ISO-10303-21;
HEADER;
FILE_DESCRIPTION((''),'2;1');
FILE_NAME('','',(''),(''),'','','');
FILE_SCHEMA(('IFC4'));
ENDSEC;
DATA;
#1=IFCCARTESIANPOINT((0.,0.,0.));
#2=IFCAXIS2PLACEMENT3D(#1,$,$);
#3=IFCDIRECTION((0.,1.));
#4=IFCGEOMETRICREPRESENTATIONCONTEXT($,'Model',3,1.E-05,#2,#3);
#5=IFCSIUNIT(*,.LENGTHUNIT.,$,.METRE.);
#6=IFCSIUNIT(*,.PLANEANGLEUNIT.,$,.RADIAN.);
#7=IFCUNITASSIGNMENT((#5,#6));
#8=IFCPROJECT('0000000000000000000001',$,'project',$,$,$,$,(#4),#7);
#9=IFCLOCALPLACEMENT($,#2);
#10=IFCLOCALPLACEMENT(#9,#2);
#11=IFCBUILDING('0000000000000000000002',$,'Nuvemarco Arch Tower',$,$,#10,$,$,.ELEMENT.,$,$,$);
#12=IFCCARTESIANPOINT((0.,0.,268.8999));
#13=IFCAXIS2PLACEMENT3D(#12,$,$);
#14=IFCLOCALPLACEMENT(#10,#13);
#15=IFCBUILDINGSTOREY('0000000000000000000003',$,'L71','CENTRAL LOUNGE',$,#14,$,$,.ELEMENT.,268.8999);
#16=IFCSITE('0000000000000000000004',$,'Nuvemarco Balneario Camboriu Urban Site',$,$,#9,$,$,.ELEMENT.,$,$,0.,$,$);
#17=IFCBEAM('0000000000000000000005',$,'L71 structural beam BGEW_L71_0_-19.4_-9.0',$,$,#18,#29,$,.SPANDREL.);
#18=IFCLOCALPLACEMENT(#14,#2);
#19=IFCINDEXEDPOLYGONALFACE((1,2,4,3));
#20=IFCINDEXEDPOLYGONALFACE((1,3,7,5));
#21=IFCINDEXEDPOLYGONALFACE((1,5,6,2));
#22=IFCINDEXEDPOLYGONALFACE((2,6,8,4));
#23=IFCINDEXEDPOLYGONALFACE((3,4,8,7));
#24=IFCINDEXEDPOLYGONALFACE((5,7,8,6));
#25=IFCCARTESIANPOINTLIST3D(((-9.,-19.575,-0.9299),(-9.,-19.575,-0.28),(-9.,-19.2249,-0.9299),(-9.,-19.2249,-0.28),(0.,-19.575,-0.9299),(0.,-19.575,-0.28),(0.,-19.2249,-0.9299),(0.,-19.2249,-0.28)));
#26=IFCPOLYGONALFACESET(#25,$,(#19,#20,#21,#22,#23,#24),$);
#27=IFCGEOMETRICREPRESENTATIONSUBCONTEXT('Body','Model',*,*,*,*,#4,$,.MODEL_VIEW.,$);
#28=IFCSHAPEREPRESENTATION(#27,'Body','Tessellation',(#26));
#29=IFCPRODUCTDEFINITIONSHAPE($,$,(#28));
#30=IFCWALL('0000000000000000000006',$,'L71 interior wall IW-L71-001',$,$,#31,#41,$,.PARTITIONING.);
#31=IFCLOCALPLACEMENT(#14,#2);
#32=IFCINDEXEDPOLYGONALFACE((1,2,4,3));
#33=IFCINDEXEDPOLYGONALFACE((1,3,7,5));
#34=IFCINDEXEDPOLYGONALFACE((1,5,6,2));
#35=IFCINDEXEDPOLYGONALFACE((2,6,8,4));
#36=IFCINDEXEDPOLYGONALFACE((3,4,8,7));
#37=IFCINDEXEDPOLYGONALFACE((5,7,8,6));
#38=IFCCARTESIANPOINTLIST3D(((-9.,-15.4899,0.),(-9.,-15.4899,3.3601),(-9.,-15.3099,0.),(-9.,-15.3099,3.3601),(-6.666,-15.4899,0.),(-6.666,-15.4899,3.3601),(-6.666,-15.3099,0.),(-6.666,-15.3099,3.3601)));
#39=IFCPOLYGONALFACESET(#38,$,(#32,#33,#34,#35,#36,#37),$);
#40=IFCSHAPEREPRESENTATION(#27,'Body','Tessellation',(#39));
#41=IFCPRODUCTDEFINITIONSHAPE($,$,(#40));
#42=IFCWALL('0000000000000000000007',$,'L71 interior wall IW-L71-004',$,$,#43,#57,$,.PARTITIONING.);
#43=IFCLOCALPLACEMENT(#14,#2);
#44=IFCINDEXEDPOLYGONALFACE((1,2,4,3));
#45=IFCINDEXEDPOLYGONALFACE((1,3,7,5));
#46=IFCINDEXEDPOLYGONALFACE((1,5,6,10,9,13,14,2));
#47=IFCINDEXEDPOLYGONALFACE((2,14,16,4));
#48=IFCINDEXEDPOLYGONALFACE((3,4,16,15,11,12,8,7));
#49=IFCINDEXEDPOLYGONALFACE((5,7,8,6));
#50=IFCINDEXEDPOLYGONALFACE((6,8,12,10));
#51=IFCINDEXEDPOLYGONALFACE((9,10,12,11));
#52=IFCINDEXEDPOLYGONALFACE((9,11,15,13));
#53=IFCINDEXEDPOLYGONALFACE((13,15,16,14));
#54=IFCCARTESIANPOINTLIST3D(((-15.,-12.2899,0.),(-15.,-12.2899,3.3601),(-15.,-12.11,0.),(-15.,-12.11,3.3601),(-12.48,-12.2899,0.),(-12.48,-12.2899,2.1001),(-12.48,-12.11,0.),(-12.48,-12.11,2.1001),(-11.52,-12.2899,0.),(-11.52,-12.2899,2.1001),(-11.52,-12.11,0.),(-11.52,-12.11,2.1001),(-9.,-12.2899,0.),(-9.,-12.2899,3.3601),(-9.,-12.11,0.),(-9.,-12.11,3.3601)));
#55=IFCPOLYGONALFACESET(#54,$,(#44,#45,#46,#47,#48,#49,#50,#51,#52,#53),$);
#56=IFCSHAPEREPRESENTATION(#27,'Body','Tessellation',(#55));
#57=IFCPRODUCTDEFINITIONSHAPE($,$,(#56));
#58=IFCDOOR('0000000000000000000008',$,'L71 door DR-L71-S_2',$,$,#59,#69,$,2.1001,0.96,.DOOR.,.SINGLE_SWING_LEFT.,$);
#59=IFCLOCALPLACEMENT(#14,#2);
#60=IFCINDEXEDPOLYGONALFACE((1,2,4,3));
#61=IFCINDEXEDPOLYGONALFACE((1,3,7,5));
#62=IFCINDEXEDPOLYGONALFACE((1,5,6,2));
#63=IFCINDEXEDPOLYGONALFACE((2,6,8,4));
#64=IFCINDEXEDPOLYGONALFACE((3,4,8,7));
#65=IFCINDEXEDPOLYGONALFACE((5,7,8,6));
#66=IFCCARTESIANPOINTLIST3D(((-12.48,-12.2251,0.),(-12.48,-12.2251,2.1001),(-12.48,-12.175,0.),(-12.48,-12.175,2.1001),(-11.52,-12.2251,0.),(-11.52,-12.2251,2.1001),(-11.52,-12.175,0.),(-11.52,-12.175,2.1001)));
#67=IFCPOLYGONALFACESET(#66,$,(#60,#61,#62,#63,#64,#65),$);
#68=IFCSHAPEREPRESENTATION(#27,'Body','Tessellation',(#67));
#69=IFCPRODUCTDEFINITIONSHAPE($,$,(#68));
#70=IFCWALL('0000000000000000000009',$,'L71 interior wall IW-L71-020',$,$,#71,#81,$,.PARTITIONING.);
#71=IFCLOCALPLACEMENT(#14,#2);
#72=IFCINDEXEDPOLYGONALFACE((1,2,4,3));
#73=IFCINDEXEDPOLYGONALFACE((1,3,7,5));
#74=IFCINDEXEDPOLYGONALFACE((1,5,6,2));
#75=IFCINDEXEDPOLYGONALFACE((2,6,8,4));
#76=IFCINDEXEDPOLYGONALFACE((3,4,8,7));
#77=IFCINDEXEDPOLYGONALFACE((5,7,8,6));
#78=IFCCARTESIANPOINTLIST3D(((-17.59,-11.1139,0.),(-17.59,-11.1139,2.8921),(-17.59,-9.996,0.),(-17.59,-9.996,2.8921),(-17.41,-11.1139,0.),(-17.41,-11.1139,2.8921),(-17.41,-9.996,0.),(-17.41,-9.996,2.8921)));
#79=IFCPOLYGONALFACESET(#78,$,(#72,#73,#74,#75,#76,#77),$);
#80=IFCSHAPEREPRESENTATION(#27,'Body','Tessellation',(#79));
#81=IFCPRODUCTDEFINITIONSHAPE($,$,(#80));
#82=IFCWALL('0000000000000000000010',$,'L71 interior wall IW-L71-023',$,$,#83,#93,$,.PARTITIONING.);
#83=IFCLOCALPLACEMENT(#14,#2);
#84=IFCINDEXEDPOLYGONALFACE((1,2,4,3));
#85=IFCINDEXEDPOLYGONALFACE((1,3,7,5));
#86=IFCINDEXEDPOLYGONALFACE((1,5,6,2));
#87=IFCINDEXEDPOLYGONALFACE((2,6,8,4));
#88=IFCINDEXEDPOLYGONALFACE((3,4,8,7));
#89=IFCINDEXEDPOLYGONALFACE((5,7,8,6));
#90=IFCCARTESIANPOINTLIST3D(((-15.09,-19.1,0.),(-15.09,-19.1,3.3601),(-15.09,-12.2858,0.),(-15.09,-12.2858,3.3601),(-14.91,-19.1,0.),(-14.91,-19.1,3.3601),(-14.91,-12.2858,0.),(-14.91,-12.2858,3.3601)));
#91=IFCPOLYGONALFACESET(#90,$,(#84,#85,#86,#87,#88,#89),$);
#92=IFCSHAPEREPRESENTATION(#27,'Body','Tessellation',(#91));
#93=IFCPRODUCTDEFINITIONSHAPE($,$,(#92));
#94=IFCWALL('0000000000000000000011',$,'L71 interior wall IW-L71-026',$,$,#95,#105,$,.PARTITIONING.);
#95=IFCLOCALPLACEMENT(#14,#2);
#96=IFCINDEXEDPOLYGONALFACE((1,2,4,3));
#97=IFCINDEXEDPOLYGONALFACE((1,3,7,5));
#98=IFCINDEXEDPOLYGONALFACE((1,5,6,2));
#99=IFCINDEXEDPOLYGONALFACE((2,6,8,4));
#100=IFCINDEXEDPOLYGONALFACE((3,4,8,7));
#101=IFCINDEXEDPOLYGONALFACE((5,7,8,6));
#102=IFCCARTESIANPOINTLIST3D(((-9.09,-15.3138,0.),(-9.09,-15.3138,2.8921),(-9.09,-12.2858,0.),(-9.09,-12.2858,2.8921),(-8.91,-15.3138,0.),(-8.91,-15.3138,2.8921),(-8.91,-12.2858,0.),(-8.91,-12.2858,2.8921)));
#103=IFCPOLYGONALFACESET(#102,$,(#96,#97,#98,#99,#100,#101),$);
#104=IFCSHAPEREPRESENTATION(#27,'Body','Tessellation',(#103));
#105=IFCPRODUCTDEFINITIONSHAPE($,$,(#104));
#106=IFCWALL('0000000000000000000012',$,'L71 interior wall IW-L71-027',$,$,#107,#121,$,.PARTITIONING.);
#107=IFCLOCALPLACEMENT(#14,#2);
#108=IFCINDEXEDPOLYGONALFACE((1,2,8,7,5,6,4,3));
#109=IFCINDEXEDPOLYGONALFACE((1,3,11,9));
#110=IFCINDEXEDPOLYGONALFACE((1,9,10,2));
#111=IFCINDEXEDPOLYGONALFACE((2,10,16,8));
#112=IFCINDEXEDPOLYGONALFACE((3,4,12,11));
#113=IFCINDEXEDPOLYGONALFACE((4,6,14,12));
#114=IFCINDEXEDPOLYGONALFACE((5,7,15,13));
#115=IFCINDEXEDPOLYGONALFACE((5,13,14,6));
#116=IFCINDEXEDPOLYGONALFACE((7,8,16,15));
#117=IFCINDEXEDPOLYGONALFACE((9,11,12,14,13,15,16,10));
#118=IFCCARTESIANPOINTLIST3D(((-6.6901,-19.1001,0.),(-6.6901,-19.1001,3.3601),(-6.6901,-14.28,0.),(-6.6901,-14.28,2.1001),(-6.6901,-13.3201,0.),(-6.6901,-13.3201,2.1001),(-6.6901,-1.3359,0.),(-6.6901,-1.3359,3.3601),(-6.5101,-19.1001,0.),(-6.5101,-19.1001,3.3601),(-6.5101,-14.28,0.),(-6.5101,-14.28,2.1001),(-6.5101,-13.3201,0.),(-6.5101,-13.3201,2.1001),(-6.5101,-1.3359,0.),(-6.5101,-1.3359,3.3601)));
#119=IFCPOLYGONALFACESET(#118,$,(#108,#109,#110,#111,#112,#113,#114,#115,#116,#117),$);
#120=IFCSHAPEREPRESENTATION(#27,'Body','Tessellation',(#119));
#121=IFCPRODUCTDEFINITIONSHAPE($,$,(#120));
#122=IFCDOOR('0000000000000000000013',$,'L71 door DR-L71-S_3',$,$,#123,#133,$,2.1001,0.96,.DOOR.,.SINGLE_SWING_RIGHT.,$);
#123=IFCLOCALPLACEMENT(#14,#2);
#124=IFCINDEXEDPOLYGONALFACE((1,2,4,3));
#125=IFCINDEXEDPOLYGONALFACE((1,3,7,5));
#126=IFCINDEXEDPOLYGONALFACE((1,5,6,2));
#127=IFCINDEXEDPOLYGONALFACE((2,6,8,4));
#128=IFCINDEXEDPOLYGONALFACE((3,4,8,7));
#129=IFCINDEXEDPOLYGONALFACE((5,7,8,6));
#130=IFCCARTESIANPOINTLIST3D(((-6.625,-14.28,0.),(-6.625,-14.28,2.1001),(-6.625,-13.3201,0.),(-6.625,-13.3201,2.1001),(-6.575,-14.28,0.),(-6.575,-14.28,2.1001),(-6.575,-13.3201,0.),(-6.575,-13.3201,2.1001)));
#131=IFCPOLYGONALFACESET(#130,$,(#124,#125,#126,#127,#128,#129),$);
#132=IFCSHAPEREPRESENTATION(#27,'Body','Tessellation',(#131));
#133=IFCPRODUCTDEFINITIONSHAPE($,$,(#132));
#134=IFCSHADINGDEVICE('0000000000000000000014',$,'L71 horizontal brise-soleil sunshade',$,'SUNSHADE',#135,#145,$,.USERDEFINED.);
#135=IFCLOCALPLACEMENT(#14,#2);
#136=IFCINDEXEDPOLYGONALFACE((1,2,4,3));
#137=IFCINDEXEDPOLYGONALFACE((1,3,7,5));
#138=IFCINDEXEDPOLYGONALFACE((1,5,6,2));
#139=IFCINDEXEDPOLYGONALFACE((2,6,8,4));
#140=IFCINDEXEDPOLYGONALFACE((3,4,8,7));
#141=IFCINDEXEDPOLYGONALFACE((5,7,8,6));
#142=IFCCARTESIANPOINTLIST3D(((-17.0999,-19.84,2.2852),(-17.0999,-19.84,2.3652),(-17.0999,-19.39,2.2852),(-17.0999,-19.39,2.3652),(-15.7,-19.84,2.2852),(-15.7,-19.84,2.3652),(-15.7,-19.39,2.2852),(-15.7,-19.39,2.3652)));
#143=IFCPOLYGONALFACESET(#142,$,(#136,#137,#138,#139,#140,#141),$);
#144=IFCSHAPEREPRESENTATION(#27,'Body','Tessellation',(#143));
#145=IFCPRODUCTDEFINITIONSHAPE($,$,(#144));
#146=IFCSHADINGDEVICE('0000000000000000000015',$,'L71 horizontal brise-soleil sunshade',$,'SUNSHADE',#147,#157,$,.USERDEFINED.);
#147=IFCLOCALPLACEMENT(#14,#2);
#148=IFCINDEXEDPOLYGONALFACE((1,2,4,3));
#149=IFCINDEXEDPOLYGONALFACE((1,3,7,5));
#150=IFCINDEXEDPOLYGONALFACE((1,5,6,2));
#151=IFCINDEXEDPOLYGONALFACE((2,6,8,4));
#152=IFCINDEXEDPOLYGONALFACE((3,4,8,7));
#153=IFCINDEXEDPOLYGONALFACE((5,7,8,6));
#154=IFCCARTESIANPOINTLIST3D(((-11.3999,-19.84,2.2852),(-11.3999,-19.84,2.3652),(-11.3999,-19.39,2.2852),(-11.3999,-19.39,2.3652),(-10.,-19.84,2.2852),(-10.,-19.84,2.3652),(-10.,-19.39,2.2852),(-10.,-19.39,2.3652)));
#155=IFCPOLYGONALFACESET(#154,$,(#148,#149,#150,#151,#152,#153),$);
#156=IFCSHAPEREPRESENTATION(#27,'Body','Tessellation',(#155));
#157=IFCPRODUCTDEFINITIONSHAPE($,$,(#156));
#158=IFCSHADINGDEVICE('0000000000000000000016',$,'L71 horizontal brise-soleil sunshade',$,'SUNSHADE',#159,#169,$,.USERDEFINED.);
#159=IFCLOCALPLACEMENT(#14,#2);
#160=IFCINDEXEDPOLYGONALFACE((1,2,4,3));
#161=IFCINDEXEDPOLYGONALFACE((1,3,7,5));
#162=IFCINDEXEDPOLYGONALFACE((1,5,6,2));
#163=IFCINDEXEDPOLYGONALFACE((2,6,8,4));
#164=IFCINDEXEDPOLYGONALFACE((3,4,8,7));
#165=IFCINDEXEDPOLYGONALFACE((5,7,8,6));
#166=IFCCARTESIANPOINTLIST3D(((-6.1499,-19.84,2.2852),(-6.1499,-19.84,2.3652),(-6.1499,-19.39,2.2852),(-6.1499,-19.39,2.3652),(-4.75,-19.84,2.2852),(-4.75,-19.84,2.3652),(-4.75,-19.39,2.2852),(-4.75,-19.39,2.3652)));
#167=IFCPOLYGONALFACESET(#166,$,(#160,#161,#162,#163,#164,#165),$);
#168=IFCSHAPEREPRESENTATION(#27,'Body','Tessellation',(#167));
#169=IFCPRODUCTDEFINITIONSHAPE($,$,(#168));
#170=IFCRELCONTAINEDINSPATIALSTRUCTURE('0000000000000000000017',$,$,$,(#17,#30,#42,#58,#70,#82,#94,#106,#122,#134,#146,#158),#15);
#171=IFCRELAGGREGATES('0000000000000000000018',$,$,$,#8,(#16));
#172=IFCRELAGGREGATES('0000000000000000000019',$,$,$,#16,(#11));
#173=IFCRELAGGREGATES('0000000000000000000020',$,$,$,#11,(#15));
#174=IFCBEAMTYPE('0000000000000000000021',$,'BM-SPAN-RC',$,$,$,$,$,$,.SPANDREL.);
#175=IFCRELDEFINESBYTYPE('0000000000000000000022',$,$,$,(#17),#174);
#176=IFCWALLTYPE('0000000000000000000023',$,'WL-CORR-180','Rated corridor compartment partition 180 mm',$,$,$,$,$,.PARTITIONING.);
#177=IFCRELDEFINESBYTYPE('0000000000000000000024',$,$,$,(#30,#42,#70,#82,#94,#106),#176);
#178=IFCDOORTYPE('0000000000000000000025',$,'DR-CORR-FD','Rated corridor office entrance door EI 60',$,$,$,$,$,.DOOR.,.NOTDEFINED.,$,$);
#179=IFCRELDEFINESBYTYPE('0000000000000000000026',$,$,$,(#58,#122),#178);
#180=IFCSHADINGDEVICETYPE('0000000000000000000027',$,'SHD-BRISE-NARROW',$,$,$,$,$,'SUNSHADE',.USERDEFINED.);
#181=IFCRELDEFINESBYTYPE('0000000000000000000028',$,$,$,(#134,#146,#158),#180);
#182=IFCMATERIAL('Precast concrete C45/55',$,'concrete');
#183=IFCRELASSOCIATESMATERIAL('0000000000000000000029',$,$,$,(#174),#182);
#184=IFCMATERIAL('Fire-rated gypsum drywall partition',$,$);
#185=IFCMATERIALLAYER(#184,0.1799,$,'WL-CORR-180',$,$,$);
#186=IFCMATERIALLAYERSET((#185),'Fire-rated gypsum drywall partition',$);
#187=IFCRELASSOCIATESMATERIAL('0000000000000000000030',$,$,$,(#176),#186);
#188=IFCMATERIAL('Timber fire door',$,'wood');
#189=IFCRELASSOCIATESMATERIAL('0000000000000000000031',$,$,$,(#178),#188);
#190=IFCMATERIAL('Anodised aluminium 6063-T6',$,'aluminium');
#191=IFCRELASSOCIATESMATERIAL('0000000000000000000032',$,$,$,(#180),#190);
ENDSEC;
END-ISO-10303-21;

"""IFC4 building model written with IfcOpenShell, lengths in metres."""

from ifc_helpers import new_model, si_unit, direction, frame, frame_2d, origin, origin_2d, place, context, subcontext, project, spatial, rectangle, extrude, source, transform, mapped, material, layer, layer_set, material_profile, profile_set, type_object, type_shapes, element, fill, save


model = new_model("IFC4")

# Units and contexts
model_context = context("Model", 3, precision=1e-05, world=origin(), true_north=direction((0.0, 1.0)))
body_context = subcontext(model_context, "Body", "Model", "MODEL_VIEW")
ifc_project = project(units=[si_unit("LENGTHUNIT", "METRE"), si_unit("PLANEANGLEUNIT", "RADIAN")], contexts=[model_context])

# Site, building, storey
site_placement = place(None, origin())
site = spatial("IfcSite", under=ifc_project, at=site_placement, Name="Nuvemarco Balneario Camboriu Urban Site", CompositionType="ELEMENT", RefElevation=0.0)
building_placement = place(site_placement, origin())
building = spatial("IfcBuilding", under=site, at=building_placement, Name="Nuvemarco Arch Tower", CompositionType="ELEMENT")
storey_placement = place(building_placement, frame((0.0, 0.0, 268.8999)))
storey = spatial("IfcBuildingStorey", under=building, at=storey_placement, Name="L71", Description="CENTRAL LOUNGE", CompositionType="ELEMENT", Elevation=268.8999)

# Beam
ifc_material_1 = material(Name="Precast concrete C45/55", Category="concrete")
ifc_material_profile_1 = material_profile(ifc_material_1, rectangle(XDim=0.3501, YDim=0.6499, at=origin_2d()), Name="PC-SP-350x650")
ifc_profile_set_1 = profile_set([ifc_material_profile_1], Name="Precast concrete C45/55")
beam_type_1 = type_object("IfcBeamType", Name="BM-SPAN-RC", PredefinedType="SPANDREL", material=ifc_profile_set_1)
beam_1_placement = place(storey_placement, frame((-9.0, -19.3999, -0.605), z_axis=(1.0, 0.0, 0.0), x_axis=(0.0, 1.0, 0.0)))
element("IfcBeam", 1, at=beam_1_placement, inside=storey, type_object=beam_type_1, Name="L71 structural beam BGEW_L71_0_-19.4_-9.0", PredefinedType="SPANDREL", context=body_context, shape_type="SweptSolid", body=[
    extrude(rectangle(XDim=0.3501, YDim=0.6499, at=origin_2d()), origin(), (0.0, 0.0, 1.0), 9.0),
])

# Wall
ifc_material_2 = material(Name="Fire-rated gypsum drywall partition")
ifc_layer = layer(ifc_material_2, 0.1799, Name="WL-CORR-180")
ifc_layer_set = layer_set([ifc_layer], Name="Fire-rated gypsum drywall partition")
wall_type = type_object("IfcWallType", Name="WL-CORR-180", Description="Rated corridor compartment partition 180 mm", PredefinedType="PARTITIONING", material=ifc_layer_set)
wall_1_placement = place(storey_placement, frame((-9.0, -15.3999, 0.0), z_axis=(0.0, 0.0, 1.0), x_axis=(1.0, 0.0, 0.0)))
element("IfcWall", 2, at=wall_1_placement, inside=storey, type_object=wall_type, Name="L71 interior wall IW-L71-001", PredefinedType="PARTITIONING", context=body_context, shape_type="SweptSolid", body=[
    extrude(rectangle(XDim=2.334, YDim=0.1799, at=frame_2d((1.167, 0.0))), origin(), (0.0, 0.0, 1.0), 3.3601),
])

# Wall, opening, door
wall_2_placement = place(storey_placement, frame((-15.0, -12.2, 0.0), z_axis=(0.0, 0.0, 1.0), x_axis=(1.0, 0.0, 0.0)))
wall_2 = element("IfcWall", 3, at=wall_2_placement, inside=storey, type_object=wall_type, Name="L71 interior wall IW-L71-004", PredefinedType="PARTITIONING", context=body_context, shape_type="SweptSolid", body=[
    extrude(rectangle(XDim=6.0, YDim=0.1799, at=frame_2d((3.0, 0.0))), origin(), (0.0, 0.0, 1.0), 3.3601),
])
opening_1_placement = place(wall_2_placement, frame((2.52, 0.0, 0.0)))
opening_1 = element("IfcOpeningElement", 4, at=opening_1_placement, cuts=wall_2, PredefinedType="OPENING", context=body_context, shape_type="SweptSolid", body=[
    extrude(rectangle(XDim=0.96, YDim=2.1001, at=frame_2d((0.48, 1.05))), frame((0.0, 0.0999, 0.0), z_axis=(0.0, -1.0, 0.0), x_axis=(1.0, 0.0, 0.0)), (0.0, 0.0, 1.0), 0.2),
])
ifc_material_3 = material(Name="Timber fire door", Category="wood")
door_type = type_object("IfcDoorType", Name="DR-CORR-FD", Description="Rated corridor office entrance door EI 60", OperationType="NOTDEFINED", PredefinedType="DOOR", material=ifc_material_3)
shared_shape_1 = source(origin(), body_context, "Body", "SweptSolid", [
    extrude(rectangle(XDim=0.96, YDim=2.1001, at=frame_2d((0.48, 1.05))), frame((0.0, 0.0249, 0.0), z_axis=(0.0, -1.0, 0.0), x_axis=(1.0, 0.0, 0.0)), (0.0, 0.0, 1.0), 0.05),
])
type_shapes(door_type, [shared_shape_1])
door_1_placement = place(opening_1_placement, origin())
door_1 = element("IfcDoor", 5, at=door_1_placement, inside=storey, type_object=door_type, Name="L71 door DR-L71-S_2", OperationType="SINGLE_SWING_LEFT", OverallHeight=2.1001, OverallWidth=0.96, PredefinedType="DOOR", context=body_context, shape_type="MappedRepresentation", body=[
    mapped(shared_shape_1, transform((0.0, 0.0, 0.0), scale=1.0)),
])
fill(opening_1, door_1)

# Walls
wall_3_placement = place(storey_placement, frame((-17.5, -11.114, 0.0), z_axis=(0.0, 0.0, 1.0), x_axis=(0.0, 1.0, 0.0)))
element("IfcWall", 6, at=wall_3_placement, inside=storey, type_object=wall_type, Name="L71 interior wall IW-L71-020", PredefinedType="PARTITIONING", context=body_context, shape_type="SweptSolid", body=[
    extrude(rectangle(XDim=1.1179, YDim=0.1799, at=frame_2d((0.5591, 0.0))), origin(), (0.0, 0.0, 1.0), 2.8921),
])
wall_4_placement = place(storey_placement, frame((-15.0, -19.1001, 0.0), z_axis=(0.0, 0.0, 1.0), x_axis=(0.0, 1.0, 0.0)))
element("IfcWall", 7, at=wall_4_placement, inside=storey, type_object=wall_type, Name="L71 interior wall IW-L71-023", PredefinedType="PARTITIONING", context=body_context, shape_type="SweptSolid", body=[
    extrude(rectangle(XDim=6.8142, YDim=0.1799, at=frame_2d((3.4072, 0.0))), origin(), (0.0, 0.0, 1.0), 3.3601),
])
wall_5_placement = place(storey_placement, frame((-9.0, -15.314, 0.0), z_axis=(0.0, 0.0, 1.0), x_axis=(0.0, 1.0, 0.0)))
element("IfcWall", 8, at=wall_5_placement, inside=storey, type_object=wall_type, Name="L71 interior wall IW-L71-026", PredefinedType="PARTITIONING", context=body_context, shape_type="SweptSolid", body=[
    extrude(rectangle(XDim=3.0281, YDim=0.1799, at=frame_2d((1.5142, 0.0))), origin(), (0.0, 0.0, 1.0), 2.8921),
])

# Wall, opening, door
wall_6_placement = place(storey_placement, frame((-6.6001, -19.1001, 0.0), z_axis=(0.0, 0.0, 1.0), x_axis=(0.0, 1.0, 0.0)))
wall_6 = element("IfcWall", 9, at=wall_6_placement, inside=storey, type_object=wall_type, Name="L71 interior wall IW-L71-027", PredefinedType="PARTITIONING", context=body_context, shape_type="SweptSolid", body=[
    extrude(rectangle(XDim=17.7642, YDim=0.1799, at=frame_2d((8.8821, 0.0))), origin(), (0.0, 0.0, 1.0), 3.3601),
])
opening_2_placement = place(wall_6_placement, frame((4.8201, 0.0, 0.0)))
opening_2 = element("IfcOpeningElement", 10, at=opening_2_placement, cuts=wall_6, PredefinedType="OPENING", context=body_context, shape_type="SweptSolid", body=[
    extrude(rectangle(XDim=0.96, YDim=2.1001, at=frame_2d((0.48, 1.05))), frame((0.0, 0.0999, 0.0), z_axis=(0.0, -1.0, 0.0), x_axis=(1.0, 0.0, 0.0)), (0.0, 0.0, 1.0), 0.2),
])
door_2_placement = place(opening_2_placement, origin())
door_2 = element("IfcDoor", 11, at=door_2_placement, inside=storey, type_object=door_type, Name="L71 door DR-L71-S_3", OperationType="SINGLE_SWING_RIGHT", OverallHeight=2.1001, OverallWidth=0.96, PredefinedType="DOOR", context=body_context, shape_type="MappedRepresentation", body=[
    mapped(shared_shape_1, transform((0.0, 0.0, 0.0), scale=1.0)),
])
fill(opening_2, door_2)

# Shading devices
ifc_material_4 = material(Name="Anodised aluminium 6063-T6", Category="aluminium")
shading_device_type = type_object("IfcShadingDeviceType", Name="SHD-BRISE-NARROW", ElementType="SUNSHADE", PredefinedType="USERDEFINED", material=ifc_material_4)
shared_shape_2 = source(origin(), body_context, "Body", "SweptSolid", [
    extrude(rectangle(XDim=1.3999, YDim=0.45, at=origin_2d()), origin(), (0.0, 0.0, 1.0), 0.0801),
])
type_shapes(shading_device_type, [shared_shape_2])
for number, where, z_axis, x_axis, name in (
    (12, (-16.3999, -19.615, 2.2852), (0.0, 0.0, 1.0), (1.0, 0.0, 0.0), "L71 horizontal brise-soleil sunshade"),
    (13, (-10.7, -19.615, 2.2852), (0.0, 0.0, 1.0), (1.0, 0.0, 0.0), "L71 horizontal brise-soleil sunshade"),
    (14, (-5.45, -19.615, 2.2852), (0.0, 0.0, 1.0), (1.0, 0.0, 0.0), "L71 horizontal brise-soleil sunshade"),
):
    element("IfcShadingDevice", number, at=place(storey_placement, frame(where, z_axis=z_axis, x_axis=x_axis)), inside=storey, type_object=shading_device_type, Name=name, ObjectType="SUNSHADE", PredefinedType="USERDEFINED", context=body_context, shape_type="MappedRepresentation", body=[
        mapped(shared_shape_2, transform((0.0, 0.0, 0.0), scale=1.0)),
    ])

save(model, "model.ifc")
